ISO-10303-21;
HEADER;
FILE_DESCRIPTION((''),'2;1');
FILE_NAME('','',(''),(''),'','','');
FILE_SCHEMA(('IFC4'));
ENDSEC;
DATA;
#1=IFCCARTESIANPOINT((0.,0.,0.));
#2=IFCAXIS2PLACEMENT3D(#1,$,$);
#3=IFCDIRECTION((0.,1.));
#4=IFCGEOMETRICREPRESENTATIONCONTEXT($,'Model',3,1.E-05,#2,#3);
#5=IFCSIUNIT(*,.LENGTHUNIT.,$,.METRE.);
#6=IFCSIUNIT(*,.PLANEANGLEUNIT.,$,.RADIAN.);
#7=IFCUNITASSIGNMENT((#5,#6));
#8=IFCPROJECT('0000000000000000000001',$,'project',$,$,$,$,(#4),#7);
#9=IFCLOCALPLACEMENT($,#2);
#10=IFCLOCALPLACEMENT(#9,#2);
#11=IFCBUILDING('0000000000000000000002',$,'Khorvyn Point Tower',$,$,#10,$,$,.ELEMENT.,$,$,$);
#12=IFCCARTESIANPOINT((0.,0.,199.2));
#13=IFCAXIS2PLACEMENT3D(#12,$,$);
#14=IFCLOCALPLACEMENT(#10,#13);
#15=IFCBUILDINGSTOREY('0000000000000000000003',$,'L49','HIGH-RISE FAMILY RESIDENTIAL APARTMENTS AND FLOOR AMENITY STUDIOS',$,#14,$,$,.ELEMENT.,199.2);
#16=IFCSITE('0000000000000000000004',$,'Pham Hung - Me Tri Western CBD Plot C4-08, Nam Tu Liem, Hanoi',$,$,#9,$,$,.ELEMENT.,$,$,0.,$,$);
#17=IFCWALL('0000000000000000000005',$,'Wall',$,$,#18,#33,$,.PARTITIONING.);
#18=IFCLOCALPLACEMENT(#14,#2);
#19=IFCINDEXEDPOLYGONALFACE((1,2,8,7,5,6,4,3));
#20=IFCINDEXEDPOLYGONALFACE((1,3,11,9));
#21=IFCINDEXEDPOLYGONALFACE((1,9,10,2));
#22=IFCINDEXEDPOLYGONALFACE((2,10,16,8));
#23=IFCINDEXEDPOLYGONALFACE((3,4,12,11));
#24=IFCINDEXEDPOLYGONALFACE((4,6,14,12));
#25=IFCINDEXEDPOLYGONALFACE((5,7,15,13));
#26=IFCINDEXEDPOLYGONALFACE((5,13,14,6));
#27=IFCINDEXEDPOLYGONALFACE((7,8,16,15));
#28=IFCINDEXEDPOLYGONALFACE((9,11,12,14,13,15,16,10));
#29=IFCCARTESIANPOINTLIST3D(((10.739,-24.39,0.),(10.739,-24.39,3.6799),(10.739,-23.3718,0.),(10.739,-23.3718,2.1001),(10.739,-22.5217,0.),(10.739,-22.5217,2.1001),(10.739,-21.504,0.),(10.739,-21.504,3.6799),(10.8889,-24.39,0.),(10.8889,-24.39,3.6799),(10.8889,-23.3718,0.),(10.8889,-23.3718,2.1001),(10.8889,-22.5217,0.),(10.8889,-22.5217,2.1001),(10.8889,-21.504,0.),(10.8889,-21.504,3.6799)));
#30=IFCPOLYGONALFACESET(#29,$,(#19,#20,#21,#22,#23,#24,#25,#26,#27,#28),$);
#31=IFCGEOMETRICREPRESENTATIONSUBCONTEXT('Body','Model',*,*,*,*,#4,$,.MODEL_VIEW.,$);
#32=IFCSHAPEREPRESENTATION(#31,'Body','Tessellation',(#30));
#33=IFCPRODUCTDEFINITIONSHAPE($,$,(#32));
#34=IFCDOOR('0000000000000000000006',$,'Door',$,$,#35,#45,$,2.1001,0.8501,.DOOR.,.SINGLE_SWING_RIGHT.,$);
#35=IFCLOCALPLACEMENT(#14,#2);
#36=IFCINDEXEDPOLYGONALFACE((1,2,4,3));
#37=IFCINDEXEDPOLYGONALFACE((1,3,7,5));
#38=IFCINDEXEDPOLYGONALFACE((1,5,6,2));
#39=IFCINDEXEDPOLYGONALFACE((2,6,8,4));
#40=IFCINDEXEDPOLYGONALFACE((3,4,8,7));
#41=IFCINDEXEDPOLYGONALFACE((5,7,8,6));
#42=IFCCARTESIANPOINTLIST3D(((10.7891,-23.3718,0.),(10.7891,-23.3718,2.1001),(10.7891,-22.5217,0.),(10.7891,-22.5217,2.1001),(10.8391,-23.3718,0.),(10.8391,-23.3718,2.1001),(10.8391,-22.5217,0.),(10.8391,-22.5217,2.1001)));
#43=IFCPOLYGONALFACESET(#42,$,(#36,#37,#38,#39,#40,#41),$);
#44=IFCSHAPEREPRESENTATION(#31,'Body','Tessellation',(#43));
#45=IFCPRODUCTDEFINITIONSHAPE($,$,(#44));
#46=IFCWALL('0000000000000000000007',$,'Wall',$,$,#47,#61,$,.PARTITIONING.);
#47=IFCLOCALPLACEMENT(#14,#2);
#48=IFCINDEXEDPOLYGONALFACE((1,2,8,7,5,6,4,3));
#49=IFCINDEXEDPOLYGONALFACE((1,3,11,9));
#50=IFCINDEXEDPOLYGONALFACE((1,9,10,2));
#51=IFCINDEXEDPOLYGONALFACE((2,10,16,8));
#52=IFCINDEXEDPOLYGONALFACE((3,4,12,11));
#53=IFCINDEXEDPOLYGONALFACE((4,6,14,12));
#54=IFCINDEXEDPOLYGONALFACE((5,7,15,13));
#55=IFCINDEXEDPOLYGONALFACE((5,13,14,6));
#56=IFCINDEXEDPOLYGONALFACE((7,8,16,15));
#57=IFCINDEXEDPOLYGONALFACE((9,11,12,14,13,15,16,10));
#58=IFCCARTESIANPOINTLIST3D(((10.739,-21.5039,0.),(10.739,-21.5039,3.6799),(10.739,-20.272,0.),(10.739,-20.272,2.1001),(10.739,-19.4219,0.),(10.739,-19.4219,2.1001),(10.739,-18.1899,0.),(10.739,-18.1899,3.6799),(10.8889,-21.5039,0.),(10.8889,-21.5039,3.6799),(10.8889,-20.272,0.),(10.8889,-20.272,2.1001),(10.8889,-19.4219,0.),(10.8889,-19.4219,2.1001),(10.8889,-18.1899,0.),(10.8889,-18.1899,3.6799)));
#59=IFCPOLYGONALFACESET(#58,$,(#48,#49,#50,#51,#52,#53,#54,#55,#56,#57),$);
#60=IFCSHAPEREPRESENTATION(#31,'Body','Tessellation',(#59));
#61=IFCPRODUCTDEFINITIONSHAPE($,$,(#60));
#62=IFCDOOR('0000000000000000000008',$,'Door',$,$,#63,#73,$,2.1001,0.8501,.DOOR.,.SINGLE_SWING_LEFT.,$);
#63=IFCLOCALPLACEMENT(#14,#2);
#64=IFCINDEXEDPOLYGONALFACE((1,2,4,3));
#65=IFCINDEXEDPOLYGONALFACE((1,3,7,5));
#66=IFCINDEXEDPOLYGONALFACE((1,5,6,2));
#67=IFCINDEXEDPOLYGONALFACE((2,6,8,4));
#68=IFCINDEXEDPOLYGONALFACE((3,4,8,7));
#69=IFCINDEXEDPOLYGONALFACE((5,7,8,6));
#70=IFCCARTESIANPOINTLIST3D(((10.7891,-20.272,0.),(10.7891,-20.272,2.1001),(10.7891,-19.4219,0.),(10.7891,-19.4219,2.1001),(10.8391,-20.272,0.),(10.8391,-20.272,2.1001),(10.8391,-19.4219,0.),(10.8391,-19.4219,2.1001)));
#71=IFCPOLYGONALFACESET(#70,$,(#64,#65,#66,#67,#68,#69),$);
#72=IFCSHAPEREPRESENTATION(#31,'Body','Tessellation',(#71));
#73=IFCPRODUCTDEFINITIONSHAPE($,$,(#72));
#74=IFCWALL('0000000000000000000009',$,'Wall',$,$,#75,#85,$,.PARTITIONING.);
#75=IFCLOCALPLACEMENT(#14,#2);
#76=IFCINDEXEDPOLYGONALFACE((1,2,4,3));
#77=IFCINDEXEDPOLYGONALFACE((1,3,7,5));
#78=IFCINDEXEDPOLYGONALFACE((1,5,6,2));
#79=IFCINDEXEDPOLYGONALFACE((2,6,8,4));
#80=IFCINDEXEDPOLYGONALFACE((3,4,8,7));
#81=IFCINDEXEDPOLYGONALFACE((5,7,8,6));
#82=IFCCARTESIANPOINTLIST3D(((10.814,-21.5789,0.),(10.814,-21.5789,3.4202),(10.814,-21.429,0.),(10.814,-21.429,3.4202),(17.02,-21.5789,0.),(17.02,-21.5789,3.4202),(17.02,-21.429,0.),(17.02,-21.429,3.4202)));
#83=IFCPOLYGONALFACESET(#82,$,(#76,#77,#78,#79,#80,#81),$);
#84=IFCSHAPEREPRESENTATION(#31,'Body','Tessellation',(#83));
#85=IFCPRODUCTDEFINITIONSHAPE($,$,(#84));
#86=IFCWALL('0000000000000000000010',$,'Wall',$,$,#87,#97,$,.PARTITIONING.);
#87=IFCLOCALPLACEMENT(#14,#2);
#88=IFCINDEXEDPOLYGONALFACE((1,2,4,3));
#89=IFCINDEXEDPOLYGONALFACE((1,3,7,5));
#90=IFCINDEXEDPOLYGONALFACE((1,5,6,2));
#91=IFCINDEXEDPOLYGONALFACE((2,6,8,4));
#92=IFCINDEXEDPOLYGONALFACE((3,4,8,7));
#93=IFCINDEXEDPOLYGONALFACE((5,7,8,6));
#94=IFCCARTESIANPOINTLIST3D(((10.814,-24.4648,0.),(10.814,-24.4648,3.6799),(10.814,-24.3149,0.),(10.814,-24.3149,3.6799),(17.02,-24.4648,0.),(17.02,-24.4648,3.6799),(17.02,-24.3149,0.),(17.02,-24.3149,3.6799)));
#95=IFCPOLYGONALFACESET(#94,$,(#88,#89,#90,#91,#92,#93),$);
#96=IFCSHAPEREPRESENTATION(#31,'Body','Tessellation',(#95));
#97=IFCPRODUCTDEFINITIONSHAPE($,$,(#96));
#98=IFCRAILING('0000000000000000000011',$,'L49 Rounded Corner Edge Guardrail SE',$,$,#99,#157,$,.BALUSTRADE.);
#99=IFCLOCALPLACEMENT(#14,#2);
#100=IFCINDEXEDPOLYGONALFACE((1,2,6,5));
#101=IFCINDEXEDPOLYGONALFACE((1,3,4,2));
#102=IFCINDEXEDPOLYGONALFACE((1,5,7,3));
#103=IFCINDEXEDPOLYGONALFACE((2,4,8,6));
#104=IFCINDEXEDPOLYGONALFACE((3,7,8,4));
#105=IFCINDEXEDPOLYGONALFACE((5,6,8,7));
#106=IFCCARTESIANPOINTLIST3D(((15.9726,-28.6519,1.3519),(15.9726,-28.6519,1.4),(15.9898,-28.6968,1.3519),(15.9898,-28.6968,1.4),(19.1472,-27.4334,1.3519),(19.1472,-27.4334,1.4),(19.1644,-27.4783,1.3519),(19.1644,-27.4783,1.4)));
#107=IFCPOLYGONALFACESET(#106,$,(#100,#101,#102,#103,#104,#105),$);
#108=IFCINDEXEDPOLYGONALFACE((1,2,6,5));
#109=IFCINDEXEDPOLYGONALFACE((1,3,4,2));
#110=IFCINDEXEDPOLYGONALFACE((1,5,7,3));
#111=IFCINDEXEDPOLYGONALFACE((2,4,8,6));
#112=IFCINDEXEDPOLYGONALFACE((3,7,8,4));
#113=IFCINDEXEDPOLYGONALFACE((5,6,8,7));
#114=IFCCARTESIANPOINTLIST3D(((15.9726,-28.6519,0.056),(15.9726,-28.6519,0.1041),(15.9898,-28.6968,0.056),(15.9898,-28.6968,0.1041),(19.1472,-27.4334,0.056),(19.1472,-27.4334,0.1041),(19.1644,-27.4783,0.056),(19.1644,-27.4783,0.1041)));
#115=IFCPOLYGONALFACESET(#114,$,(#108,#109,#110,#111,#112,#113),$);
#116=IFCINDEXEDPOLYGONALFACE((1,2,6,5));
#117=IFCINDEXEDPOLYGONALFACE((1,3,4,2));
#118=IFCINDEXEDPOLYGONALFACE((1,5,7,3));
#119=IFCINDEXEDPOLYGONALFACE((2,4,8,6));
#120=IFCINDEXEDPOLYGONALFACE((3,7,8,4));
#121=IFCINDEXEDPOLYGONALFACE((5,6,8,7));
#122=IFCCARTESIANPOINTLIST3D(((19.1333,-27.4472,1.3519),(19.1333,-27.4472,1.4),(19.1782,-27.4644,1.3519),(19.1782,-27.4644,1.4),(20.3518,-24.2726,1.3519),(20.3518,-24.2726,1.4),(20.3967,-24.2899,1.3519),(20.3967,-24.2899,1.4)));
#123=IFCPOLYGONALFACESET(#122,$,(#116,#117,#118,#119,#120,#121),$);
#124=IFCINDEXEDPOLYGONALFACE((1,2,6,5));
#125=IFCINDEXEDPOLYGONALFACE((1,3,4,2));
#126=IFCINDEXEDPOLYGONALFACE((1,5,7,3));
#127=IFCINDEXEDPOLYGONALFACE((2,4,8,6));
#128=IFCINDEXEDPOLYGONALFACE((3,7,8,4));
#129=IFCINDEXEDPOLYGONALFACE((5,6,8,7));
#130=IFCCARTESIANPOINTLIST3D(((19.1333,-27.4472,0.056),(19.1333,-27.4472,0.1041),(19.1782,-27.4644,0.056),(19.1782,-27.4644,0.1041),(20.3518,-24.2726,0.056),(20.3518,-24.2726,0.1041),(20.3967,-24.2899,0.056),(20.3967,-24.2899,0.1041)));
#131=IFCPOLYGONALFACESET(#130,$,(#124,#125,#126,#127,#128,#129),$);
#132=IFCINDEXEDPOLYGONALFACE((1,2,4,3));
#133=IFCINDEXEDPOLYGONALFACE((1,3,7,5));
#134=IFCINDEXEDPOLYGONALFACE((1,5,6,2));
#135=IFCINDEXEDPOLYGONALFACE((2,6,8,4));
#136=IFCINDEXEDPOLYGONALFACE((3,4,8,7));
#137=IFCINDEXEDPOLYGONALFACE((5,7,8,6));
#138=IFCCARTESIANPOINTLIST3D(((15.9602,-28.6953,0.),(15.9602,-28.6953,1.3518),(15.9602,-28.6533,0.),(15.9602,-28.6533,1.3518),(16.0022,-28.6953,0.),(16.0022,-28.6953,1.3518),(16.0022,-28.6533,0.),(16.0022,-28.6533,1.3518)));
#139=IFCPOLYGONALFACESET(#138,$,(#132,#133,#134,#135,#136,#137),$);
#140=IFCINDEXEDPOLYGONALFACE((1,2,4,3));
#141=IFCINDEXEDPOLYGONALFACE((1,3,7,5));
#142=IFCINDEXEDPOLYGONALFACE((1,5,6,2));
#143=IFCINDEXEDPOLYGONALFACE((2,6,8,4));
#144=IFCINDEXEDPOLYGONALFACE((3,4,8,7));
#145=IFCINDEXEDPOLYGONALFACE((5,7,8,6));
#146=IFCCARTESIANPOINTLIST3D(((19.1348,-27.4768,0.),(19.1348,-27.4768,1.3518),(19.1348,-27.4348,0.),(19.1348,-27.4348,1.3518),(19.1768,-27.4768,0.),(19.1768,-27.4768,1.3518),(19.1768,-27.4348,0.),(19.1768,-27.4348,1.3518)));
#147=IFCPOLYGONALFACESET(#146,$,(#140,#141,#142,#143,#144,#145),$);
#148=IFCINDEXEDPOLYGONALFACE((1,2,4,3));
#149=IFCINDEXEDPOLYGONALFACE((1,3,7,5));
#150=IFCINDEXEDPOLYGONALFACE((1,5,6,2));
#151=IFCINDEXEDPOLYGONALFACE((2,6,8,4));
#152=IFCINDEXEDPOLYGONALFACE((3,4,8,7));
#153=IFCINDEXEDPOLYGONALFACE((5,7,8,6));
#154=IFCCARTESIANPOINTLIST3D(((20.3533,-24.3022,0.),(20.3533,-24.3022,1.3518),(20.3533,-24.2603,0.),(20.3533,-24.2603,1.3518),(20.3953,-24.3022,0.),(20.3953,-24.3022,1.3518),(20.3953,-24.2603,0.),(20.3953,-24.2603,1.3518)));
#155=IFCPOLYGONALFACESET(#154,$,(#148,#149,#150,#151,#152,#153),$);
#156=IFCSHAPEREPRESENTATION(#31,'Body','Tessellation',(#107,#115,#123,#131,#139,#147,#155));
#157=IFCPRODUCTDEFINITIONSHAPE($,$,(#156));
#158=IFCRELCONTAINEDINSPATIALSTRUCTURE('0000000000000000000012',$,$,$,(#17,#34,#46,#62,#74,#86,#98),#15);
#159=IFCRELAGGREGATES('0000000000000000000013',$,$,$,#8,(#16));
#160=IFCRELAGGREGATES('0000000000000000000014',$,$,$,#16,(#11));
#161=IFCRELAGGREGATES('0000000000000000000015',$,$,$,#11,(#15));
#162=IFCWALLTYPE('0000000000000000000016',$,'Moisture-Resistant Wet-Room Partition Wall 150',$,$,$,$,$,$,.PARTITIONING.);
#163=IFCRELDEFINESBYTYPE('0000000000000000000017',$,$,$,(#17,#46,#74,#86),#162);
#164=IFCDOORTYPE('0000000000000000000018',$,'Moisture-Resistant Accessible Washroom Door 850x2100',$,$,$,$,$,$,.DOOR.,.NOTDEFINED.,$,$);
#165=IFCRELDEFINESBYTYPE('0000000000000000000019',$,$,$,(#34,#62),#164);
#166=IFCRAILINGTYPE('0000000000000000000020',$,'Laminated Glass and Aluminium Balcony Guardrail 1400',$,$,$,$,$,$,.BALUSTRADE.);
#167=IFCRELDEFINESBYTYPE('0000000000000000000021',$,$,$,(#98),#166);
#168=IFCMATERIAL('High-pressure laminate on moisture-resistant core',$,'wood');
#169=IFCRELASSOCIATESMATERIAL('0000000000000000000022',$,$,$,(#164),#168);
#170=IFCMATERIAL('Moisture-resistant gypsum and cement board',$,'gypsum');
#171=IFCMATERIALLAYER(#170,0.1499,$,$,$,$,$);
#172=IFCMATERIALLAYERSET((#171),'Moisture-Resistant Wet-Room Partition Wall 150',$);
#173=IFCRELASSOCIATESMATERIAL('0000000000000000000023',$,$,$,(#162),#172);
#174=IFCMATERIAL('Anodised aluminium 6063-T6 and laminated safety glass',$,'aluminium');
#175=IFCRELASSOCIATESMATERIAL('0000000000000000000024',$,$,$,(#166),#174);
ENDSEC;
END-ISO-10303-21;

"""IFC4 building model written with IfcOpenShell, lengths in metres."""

from ifc_helpers import new_model, si_unit, direction, frame, frame_2d, origin, origin_2d, place, context, subcontext, project, spatial, rectangle, extrude, material, layer, layer_set, type_object, element, fill, save


model = new_model("IFC4")

# Units and contexts
model_context = context("Model", 3, precision=1e-05, world=origin(), true_north=direction((0.0, 1.0)))
body_context = subcontext(model_context, "Body", "Model", "MODEL_VIEW")
ifc_project = project(units=[si_unit("LENGTHUNIT", "METRE"), si_unit("PLANEANGLEUNIT", "RADIAN")], contexts=[model_context])

# Site, building, storey
site_placement = place(None, origin())
site = spatial("IfcSite", under=ifc_project, at=site_placement, Name="Pham Hung - Me Tri Western CBD Plot C4-08, Nam Tu Liem, Hanoi", CompositionType="ELEMENT", RefElevation=0.0)
building_placement = place(site_placement, origin())
building = spatial("IfcBuilding", under=site, at=building_placement, Name="Khorvyn Point Tower", CompositionType="ELEMENT")
storey_placement = place(building_placement, frame((0.0, 0.0, 199.2)))
storey = spatial("IfcBuildingStorey", under=building, at=storey_placement, Name="L49", Description="HIGH-RISE FAMILY RESIDENTIAL APARTMENTS AND FLOOR AMENITY STUDIOS", CompositionType="ELEMENT", Elevation=199.2)

# Walls, openings, doors
ifc_material_1 = material(Name="High-pressure laminate on moisture-resistant core", Category="wood")
door_type_1 = type_object("IfcDoorType", Name="Moisture-Resistant Accessible Washroom Door 850x2100", OperationType="NOTDEFINED", PredefinedType="DOOR", material=ifc_material_1)
ifc_material_2 = material(Name="Moisture-resistant gypsum and cement board", Category="gypsum")
ifc_layer_1 = layer(ifc_material_2, 0.1499)
ifc_layer_set_1 = layer_set([ifc_layer_1], Name="Moisture-Resistant Wet-Room Partition Wall 150")
wall_type_1 = type_object("IfcWallType", Name="Moisture-Resistant Wet-Room Partition Wall 150", PredefinedType="PARTITIONING", material=ifc_layer_set_1)
wall_1_placement = place(storey_placement, frame((10.814, -24.3899, 0.0), z_axis=(0.0, 0.0, 1.0), x_axis=(0.0, 1.0, 0.0)))
wall_1 = element("IfcWall", 1, at=wall_1_placement, inside=storey, type_object=wall_type_1, Name="Wall", PredefinedType="PARTITIONING", context=body_context, shape_type="SweptSolid", body=[
    extrude(rectangle(XDim=2.886, YDim=0.1499, at=frame_2d((1.4429, 0.0))), origin(), (0.0, 0.0, 1.0), 3.6799),
])
opening_1_placement = place(wall_1_placement, frame((1.0181, 0.0, 0.0)))
opening_1 = element("IfcOpeningElement", 2, at=opening_1_placement, cuts=wall_1, PredefinedType="OPENING", context=body_context, shape_type="SweptSolid", body=[
    extrude(rectangle(XDim=0.8501, YDim=2.1001, at=frame_2d((0.425, 1.05))), frame((0.0, 0.085, 0.0), z_axis=(0.0, -1.0, 0.0), x_axis=(1.0, 0.0, 0.0)), (0.0, 0.0, 1.0), 0.1699),
])
door_1_placement = place(opening_1_placement, origin())
door_1 = element("IfcDoor", 3, at=door_1_placement, inside=storey, type_object=door_type_1, Name="Door", OperationType="SINGLE_SWING_RIGHT", OverallHeight=2.1001, OverallWidth=0.8501, PredefinedType="DOOR", context=body_context, shape_type="SweptSolid", body=[
    extrude(rectangle(XDim=0.8501, YDim=2.1001, at=frame_2d((0.425, 1.05))), frame((0.0, 0.0249, 0.0), z_axis=(0.0, -1.0, 0.0), x_axis=(1.0, 0.0, 0.0)), (0.0, 0.0, 1.0), 0.05),
])
fill(opening_1, door_1)
wall_2_placement = place(storey_placement, frame((10.814, -21.5039, 0.0), z_axis=(0.0, 0.0, 1.0), x_axis=(0.0, 1.0, 0.0)))
wall_2 = element("IfcWall", 4, at=wall_2_placement, inside=storey, type_object=wall_type_1, Name="Wall", PredefinedType="PARTITIONING", context=body_context, shape_type="SweptSolid", body=[
    extrude(rectangle(XDim=3.314, YDim=0.1499, at=frame_2d((1.657, 0.0))), origin(), (0.0, 0.0, 1.0), 3.6799),
])
opening_2_placement = place(wall_2_placement, frame((1.2319, 0.0, 0.0)))
opening_2 = element("IfcOpeningElement", 5, at=opening_2_placement, cuts=wall_2, PredefinedType="OPENING", context=body_context, shape_type="SweptSolid", body=[
    extrude(rectangle(XDim=0.8501, YDim=2.1001, at=frame_2d((0.425, 1.05))), frame((0.0, 0.085, 0.0), z_axis=(0.0, -1.0, 0.0), x_axis=(1.0, 0.0, 0.0)), (0.0, 0.0, 1.0), 0.1699),
])
door_2_placement = place(opening_2_placement, origin())
door_2 = element("IfcDoor", 6, at=door_2_placement, inside=storey, type_object=door_type_1, Name="Door", OperationType="SINGLE_SWING_LEFT", OverallHeight=2.1001, OverallWidth=0.8501, PredefinedType="DOOR", context=body_context, shape_type="SweptSolid", body=[
    extrude(rectangle(XDim=0.8501, YDim=2.1001, at=frame_2d((0.425, 1.05))), frame((0.0, 0.0249, 0.0), z_axis=(0.0, -1.0, 0.0), x_axis=(1.0, 0.0, 0.0)), (0.0, 0.0, 1.0), 0.05),
])
fill(opening_2, door_2)

# Walls
wall_3_placement = place(storey_placement, frame((10.814, -21.5039, 0.0), z_axis=(0.0, 0.0, 1.0), x_axis=(1.0, 0.0, 0.0)))
element("IfcWall", 7, at=wall_3_placement, inside=storey, type_object=wall_type_1, Name="Wall", PredefinedType="PARTITIONING", context=body_context, shape_type="SweptSolid", body=[
    extrude(rectangle(XDim=6.2061, YDim=0.1499, at=frame_2d((3.103, 0.0))), origin(), (0.0, 0.0, 1.0), 3.4202),
])
wall_4_placement = place(storey_placement, frame((10.814, -24.3899, 0.0), z_axis=(0.0, 0.0, 1.0), x_axis=(1.0, 0.0, 0.0)))
element("IfcWall", 8, at=wall_4_placement, inside=storey, type_object=wall_type_1, Name="Wall", PredefinedType="PARTITIONING", context=body_context, shape_type="SweptSolid", body=[
    extrude(rectangle(XDim=6.2061, YDim=0.1499, at=frame_2d((3.103, 0.0))), origin(), (0.0, 0.0, 1.0), 3.6799),
])

# Railing
ifc_material_3 = material(Name="Anodised aluminium 6063-T6 and laminated safety glass", Category="aluminium")
railing_type = type_object("IfcRailingType", Name="Laminated Glass and Aluminium Balcony Guardrail 1400", PredefinedType="BALUSTRADE", material=ifc_material_3)
railing_1_placement = place(storey_placement, frame((15.9812, -28.6743, 0.0)))
element("IfcRailing", 9, at=railing_1_placement, inside=storey, type_object=railing_type, Name="L49 Rounded Corner Edge Guardrail SE", PredefinedType="BALUSTRADE", context=body_context, shape_type="SweptSolid", body=[
    extrude(rectangle(XDim=0.0481, YDim=0.0481, at=origin_2d()), frame((0.0, 0.0, 1.376), z_axis=(0.93359, 0.358344, 0.0), x_axis=(-0.358344, 0.93359, 0.0)), (0.0, 0.0, 1.0), 3.4004),
    extrude(rectangle(XDim=0.0481, YDim=0.0481, at=origin_2d()), frame((0.0, 0.0, 0.0801), z_axis=(0.93359, 0.358344, 0.0), x_axis=(-0.358344, 0.93359, 0.0)), (0.0, 0.0, 1.0), 3.4004),
    extrude(rectangle(XDim=0.0481, YDim=0.0481, at=origin_2d()), frame((3.1746, 1.2185, 1.376), z_axis=(0.358344, 0.93359, 0.0), x_axis=(-0.93359, 0.358344, 0.0)), (0.0, 0.0, 1.0), 3.4004),
    extrude(rectangle(XDim=0.0481, YDim=0.0481, at=origin_2d()), frame((3.1746, 1.2185, 0.0801), z_axis=(0.358344, 0.93359, 0.0), x_axis=(-0.93359, 0.358344, 0.0)), (0.0, 0.0, 1.0), 3.4004),
    extrude(rectangle(XDim=0.042, YDim=0.042, at=origin_2d()), origin(), (0.0, 0.0, 1.0), 1.3518),
    extrude(rectangle(XDim=0.042, YDim=0.042, at=origin_2d()), frame((3.1746, 1.2185, 0.0)), (0.0, 0.0, 1.0), 1.3518),
    extrude(rectangle(XDim=0.042, YDim=0.042, at=origin_2d()), frame((4.3931, 4.3931, 0.0)), (0.0, 0.0, 1.0), 1.3518),
])

save(model, "model.ifc")
